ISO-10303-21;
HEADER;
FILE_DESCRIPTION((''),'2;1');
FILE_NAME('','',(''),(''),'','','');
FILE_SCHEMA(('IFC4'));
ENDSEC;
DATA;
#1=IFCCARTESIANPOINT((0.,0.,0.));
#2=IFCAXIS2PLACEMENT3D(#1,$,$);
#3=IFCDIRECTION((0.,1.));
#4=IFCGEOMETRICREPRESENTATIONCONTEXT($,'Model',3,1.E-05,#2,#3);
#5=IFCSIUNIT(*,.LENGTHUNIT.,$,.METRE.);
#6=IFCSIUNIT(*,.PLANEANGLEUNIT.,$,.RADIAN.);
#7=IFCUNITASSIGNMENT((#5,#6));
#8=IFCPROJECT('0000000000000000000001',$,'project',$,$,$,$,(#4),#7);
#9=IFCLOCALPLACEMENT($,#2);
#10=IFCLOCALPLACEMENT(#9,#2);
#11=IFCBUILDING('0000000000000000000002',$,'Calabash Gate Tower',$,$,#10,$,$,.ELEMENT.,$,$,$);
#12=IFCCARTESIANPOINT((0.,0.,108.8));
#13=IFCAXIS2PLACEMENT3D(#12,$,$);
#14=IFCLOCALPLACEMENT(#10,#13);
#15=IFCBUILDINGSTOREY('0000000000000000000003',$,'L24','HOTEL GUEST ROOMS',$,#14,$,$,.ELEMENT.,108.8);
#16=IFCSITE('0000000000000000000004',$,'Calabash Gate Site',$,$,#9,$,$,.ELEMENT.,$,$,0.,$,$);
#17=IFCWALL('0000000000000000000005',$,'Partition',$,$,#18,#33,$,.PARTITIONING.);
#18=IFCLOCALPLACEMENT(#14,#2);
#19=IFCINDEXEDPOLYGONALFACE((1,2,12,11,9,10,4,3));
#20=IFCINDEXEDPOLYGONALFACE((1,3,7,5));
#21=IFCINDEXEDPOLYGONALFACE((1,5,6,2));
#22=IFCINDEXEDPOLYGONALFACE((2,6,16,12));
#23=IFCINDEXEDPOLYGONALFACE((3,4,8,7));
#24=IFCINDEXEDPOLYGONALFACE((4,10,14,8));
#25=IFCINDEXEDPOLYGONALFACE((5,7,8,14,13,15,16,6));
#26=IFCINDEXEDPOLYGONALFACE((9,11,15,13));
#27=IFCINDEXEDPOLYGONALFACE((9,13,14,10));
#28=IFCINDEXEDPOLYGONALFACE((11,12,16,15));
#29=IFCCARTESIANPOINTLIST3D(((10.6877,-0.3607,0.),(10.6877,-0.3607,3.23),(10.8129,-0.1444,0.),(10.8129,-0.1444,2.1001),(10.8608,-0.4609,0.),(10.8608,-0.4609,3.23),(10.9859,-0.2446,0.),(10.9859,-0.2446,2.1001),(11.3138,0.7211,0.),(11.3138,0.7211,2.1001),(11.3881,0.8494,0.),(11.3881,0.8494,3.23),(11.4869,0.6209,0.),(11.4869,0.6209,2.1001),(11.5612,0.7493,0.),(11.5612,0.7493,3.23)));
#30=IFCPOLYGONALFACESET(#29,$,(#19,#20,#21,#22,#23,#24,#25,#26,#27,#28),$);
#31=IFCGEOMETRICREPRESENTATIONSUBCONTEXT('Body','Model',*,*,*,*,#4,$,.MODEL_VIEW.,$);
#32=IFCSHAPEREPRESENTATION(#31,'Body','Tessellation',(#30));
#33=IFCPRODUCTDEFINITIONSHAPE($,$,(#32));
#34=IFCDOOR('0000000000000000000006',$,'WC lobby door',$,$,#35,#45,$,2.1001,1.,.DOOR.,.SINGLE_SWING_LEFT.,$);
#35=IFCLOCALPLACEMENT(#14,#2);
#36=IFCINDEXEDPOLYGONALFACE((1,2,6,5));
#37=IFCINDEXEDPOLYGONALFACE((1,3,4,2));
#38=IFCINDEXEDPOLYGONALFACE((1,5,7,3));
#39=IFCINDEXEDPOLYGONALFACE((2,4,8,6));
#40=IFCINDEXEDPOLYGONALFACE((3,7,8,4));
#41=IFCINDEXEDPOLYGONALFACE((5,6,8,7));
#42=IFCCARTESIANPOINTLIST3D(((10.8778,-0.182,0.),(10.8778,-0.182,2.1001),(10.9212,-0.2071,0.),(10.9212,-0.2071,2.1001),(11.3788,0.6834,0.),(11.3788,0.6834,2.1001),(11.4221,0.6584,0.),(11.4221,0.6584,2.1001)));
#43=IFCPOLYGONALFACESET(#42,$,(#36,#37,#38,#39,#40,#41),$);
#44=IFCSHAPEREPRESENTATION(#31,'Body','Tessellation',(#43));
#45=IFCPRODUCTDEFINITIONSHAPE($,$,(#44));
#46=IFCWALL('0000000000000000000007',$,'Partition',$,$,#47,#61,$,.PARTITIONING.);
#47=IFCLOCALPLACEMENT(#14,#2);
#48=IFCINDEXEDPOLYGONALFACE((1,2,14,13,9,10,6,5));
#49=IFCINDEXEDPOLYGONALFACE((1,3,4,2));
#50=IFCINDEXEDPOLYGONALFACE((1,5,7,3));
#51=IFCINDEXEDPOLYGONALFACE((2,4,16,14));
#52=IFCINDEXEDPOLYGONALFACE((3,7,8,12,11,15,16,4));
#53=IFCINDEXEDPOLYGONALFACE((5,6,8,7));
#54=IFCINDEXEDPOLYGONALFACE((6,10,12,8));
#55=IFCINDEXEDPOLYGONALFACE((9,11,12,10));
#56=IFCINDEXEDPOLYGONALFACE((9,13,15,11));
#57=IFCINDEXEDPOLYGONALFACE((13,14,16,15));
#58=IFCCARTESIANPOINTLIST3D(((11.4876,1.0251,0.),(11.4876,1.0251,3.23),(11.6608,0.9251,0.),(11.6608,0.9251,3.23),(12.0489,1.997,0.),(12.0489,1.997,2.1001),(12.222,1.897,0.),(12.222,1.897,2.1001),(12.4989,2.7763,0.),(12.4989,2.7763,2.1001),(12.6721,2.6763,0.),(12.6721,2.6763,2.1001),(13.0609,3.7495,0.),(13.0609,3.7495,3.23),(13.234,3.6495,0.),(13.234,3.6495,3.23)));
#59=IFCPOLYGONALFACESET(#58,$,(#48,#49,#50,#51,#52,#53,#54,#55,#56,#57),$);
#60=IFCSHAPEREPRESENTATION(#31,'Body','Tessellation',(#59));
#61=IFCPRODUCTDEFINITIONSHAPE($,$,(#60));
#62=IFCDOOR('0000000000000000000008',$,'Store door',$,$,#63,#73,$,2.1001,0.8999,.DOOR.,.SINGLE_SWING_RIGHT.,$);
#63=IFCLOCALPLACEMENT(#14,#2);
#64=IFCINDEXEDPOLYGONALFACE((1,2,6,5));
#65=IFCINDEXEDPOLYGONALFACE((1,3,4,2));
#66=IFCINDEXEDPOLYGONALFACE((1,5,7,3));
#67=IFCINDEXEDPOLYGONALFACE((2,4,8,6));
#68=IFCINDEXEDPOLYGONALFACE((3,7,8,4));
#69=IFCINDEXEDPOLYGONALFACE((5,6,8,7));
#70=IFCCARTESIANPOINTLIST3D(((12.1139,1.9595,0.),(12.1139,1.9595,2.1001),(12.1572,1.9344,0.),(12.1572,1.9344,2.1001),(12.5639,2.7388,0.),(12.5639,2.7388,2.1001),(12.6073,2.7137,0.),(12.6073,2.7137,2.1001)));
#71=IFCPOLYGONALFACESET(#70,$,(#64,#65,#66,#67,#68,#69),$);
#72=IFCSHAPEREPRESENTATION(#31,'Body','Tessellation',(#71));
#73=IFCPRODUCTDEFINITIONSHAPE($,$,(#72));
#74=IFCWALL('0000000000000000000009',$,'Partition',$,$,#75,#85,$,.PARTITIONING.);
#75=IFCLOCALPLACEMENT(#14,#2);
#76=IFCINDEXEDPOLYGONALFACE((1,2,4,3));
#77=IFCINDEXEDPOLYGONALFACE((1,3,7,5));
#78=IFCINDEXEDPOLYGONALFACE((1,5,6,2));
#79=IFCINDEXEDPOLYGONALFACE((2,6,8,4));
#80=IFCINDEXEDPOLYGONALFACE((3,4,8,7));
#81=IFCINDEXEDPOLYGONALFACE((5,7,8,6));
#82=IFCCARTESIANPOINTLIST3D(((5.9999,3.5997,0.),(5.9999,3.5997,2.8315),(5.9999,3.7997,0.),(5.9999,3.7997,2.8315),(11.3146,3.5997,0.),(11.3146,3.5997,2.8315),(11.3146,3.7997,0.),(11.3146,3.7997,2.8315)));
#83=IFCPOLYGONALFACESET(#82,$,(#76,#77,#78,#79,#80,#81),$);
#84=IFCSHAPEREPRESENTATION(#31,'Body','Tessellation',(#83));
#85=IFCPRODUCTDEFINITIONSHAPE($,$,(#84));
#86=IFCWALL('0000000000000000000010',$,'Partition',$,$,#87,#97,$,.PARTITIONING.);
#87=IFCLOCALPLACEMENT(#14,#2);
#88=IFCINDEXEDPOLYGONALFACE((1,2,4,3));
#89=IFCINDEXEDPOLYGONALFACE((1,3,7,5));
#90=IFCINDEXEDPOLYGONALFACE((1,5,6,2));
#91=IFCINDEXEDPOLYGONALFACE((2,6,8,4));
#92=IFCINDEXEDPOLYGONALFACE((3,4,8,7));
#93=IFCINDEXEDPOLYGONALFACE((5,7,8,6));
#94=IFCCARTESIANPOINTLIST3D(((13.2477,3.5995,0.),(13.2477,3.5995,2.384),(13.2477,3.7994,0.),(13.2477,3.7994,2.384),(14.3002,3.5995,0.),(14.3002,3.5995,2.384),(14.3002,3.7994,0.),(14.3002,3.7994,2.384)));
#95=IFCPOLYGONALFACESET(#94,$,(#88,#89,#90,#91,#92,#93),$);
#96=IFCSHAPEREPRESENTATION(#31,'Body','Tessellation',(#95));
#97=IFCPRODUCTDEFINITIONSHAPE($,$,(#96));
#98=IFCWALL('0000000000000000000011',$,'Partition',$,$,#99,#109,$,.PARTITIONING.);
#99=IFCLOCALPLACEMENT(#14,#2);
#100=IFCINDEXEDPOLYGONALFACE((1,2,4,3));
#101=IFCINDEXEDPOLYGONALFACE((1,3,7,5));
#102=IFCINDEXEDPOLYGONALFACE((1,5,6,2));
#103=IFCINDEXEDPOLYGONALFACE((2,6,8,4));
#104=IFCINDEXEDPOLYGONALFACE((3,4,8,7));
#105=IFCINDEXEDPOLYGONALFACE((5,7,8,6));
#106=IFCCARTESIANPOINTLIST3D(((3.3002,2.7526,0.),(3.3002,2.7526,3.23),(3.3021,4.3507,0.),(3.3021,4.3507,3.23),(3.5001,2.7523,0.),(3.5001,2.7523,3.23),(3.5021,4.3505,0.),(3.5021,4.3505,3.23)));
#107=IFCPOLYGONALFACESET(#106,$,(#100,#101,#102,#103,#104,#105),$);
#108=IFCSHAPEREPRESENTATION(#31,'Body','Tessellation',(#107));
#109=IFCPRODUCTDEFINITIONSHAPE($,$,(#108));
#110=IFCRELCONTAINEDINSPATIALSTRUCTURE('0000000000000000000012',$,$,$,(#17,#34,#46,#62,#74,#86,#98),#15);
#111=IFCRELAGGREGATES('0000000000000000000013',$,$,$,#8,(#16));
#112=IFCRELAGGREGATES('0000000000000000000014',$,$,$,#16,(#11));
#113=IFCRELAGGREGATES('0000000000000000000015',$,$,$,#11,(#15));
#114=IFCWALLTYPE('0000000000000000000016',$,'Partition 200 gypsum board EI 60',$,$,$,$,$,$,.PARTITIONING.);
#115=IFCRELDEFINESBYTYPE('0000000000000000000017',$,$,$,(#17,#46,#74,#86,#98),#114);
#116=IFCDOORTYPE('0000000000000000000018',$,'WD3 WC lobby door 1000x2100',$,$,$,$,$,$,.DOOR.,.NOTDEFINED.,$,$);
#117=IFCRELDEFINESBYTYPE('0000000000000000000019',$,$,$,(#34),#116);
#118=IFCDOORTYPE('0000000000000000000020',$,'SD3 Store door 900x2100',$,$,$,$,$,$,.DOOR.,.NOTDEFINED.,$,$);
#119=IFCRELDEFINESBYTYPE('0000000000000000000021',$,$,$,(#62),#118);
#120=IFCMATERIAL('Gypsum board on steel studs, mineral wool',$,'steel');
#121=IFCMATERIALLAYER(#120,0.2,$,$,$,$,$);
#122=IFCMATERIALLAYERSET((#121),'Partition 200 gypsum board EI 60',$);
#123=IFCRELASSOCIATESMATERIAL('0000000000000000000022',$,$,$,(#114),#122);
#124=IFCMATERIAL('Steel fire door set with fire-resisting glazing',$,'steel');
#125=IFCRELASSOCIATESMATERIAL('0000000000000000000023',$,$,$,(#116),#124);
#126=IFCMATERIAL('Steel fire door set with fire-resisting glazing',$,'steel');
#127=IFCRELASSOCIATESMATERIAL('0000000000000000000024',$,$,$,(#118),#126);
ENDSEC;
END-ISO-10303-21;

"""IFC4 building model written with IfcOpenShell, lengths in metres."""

from ifc_helpers import new_model, si_unit, direction, frame, frame_2d, origin, place, context, subcontext, project, spatial, rectangle, extrude, material, layer, layer_set, type_object, element, fill, save


model = new_model("IFC4")

# Units and contexts
model_context = context("Model", 3, precision=1e-05, world=origin(), true_north=direction((0.0, 1.0)))
body_context = subcontext(model_context, "Body", "Model", "MODEL_VIEW")
ifc_project = project(units=[si_unit("LENGTHUNIT", "METRE"), si_unit("PLANEANGLEUNIT", "RADIAN")], contexts=[model_context])

# Site, building, storey
site_placement = place(None, origin())
site = spatial("IfcSite", under=ifc_project, at=site_placement, Name="Calabash Gate Site", CompositionType="ELEMENT", RefElevation=0.0)
building_placement = place(site_placement, origin())
building = spatial("IfcBuilding", under=site, at=building_placement, Name="Calabash Gate Tower", CompositionType="ELEMENT")
storey_placement = place(building_placement, frame((0.0, 0.0, 108.8)))
storey = spatial("IfcBuildingStorey", under=building, at=storey_placement, Name="L24", Description="HOTEL GUEST ROOMS", CompositionType="ELEMENT", Elevation=108.8)

# Shared definitions
ifc_material_1 = material(Name="Gypsum board on steel studs, mineral wool", Category="steel")
ifc_layer_1 = layer(ifc_material_1, 0.2)
ifc_layer_set_1 = layer_set([ifc_layer_1], Name="Partition 200 gypsum board EI 60")
wall_type_1 = type_object("IfcWallType", Name="Partition 200 gypsum board EI 60", PredefinedType="PARTITIONING", material=ifc_layer_set_1)

# Walls, openings, doors
wall_1_placement = place(storey_placement, frame((10.7742, -0.4109, 0.0), z_axis=(0.0, 0.0, 1.0), x_axis=(0.500926, 0.86549, 0.0)))
wall_1 = element("IfcWall", 1, at=wall_1_placement, inside=storey, type_object=wall_type_1, Name="Partition", PredefinedType="PARTITIONING", context=body_context, shape_type="SweptSolid", body=[
    extrude(rectangle(XDim=1.3982, YDim=0.2, at=frame_2d((0.6992, 0.0))), origin(), (0.0, 0.0, 1.0), 3.23),
])
opening_1_placement = place(wall_1_placement, frame((0.25, 0.0, 0.0)))
opening_1 = element("IfcOpeningElement", 2, at=opening_1_placement, cuts=wall_1, PredefinedType="OPENING", context=body_context, shape_type="SweptSolid", body=[
    extrude(rectangle(XDim=1.0, YDim=2.1001, at=frame_2d((0.5, 1.05))), frame((0.0, 0.1099, 0.0), z_axis=(0.0, -1.0, 0.0), x_axis=(1.0, 0.0, 0.0)), (0.0, 0.0, 1.0), 0.22),
])
ifc_material_2 = material(Name="Steel fire door set with fire-resisting glazing", Category="steel")
door_type_1 = type_object("IfcDoorType", Name="WD3 WC lobby door 1000x2100", OperationType="NOTDEFINED", PredefinedType="DOOR", material=ifc_material_2)
door_1_placement = place(opening_1_placement, origin())
door_1 = element("IfcDoor", 3, at=door_1_placement, inside=storey, type_object=door_type_1, Name="WC lobby door", OperationType="SINGLE_SWING_LEFT", OverallHeight=2.1001, OverallWidth=1.0, PredefinedType="DOOR", context=body_context, shape_type="SweptSolid", body=[
    extrude(rectangle(XDim=1.0, YDim=2.1001, at=frame_2d((0.5, 1.05))), frame((0.0, 0.0249, 0.0), z_axis=(0.0, -1.0, 0.0), x_axis=(1.0, 0.0, 0.0)), (0.0, 0.0, 1.0), 0.05),
])
fill(opening_1, door_1)
wall_2_placement = place(storey_placement, frame((11.5742, 0.9751, 0.0), z_axis=(0.0, 0.0, 1.0), x_axis=(0.500078, 0.86598, 0.0)))
wall_2 = element("IfcWall", 4, at=wall_2_placement, inside=storey, type_object=wall_type_1, Name="Partition", PredefinedType="PARTITIONING", context=body_context, shape_type="SweptSolid", body=[
    extrude(rectangle(XDim=3.146, YDim=0.2, at=frame_2d((1.573, 0.0))), origin(), (0.0, 0.0, 1.0), 3.23),
])
opening_2_placement = place(wall_2_placement, frame((1.1223, 0.0, 0.0)))
opening_2 = element("IfcOpeningElement", 5, at=opening_2_placement, cuts=wall_2, PredefinedType="OPENING", context=body_context, shape_type="SweptSolid", body=[
    extrude(rectangle(XDim=0.8999, YDim=2.1001, at=frame_2d((0.45, 1.05))), frame((0.0, 0.1099, 0.0), z_axis=(0.0, -1.0, 0.0), x_axis=(1.0, 0.0, 0.0)), (0.0, 0.0, 1.0), 0.22),
])
ifc_material_3 = material(Name="Steel fire door set with fire-resisting glazing", Category="steel")
door_type_2 = type_object("IfcDoorType", Name="SD3 Store door 900x2100", OperationType="NOTDEFINED", PredefinedType="DOOR", material=ifc_material_3)
door_2_placement = place(opening_2_placement, origin())
door_2 = element("IfcDoor", 6, at=door_2_placement, inside=storey, type_object=door_type_2, Name="Store door", OperationType="SINGLE_SWING_RIGHT", OverallHeight=2.1001, OverallWidth=0.8999, PredefinedType="DOOR", context=body_context, shape_type="SweptSolid", body=[
    extrude(rectangle(XDim=0.8999, YDim=2.1001, at=frame_2d((0.45, 1.05))), frame((0.0, 0.0249, 0.0), z_axis=(0.0, -1.0, 0.0), x_axis=(1.0, 0.0, 0.0)), (0.0, 0.0, 1.0), 0.05),
])
fill(opening_2, door_2)

# Walls
wall_3_placement = place(storey_placement, frame((6.0, 3.6997, 0.0), z_axis=(0.0, 0.0, 1.0), x_axis=(1.0, 0.0, 0.0)))
element("IfcWall", 7, at=wall_3_placement, inside=storey, type_object=wall_type_1, Name="Partition", PredefinedType="PARTITIONING", context=body_context, shape_type="SweptSolid", body=[
    extrude(rectangle(XDim=5.3147, YDim=0.2, at=frame_2d((2.6572, 0.0))), origin(), (0.0, 0.0, 1.0), 2.8315),
])
wall_4_placement = place(storey_placement, frame((13.2476, 3.6995, 0.0), z_axis=(0.0, 0.0, 1.0), x_axis=(1.0, 0.0, 0.0)))
element("IfcWall", 8, at=wall_4_placement, inside=storey, type_object=wall_type_1, Name="Partition", PredefinedType="PARTITIONING", context=body_context, shape_type="SweptSolid", body=[
    extrude(rectangle(XDim=1.0525, YDim=0.2, at=frame_2d((0.5264, 0.0))), origin(), (0.0, 0.0, 1.0), 2.384),
])
wall_5_placement = place(storey_placement, frame((3.4001, 2.7524, 0.0), z_axis=(0.0, 0.0, 1.0), x_axis=(0.001222, 0.999999, 0.0)))
element("IfcWall", 9, at=wall_5_placement, inside=storey, type_object=wall_type_1, Name="Partition", PredefinedType="PARTITIONING", context=body_context, shape_type="SweptSolid", body=[
    extrude(rectangle(XDim=1.5981, YDim=0.2, at=frame_2d((0.7991, 0.0))), origin(), (0.0, 0.0, 1.0), 3.23),
])

save(model, "model.ifc")
